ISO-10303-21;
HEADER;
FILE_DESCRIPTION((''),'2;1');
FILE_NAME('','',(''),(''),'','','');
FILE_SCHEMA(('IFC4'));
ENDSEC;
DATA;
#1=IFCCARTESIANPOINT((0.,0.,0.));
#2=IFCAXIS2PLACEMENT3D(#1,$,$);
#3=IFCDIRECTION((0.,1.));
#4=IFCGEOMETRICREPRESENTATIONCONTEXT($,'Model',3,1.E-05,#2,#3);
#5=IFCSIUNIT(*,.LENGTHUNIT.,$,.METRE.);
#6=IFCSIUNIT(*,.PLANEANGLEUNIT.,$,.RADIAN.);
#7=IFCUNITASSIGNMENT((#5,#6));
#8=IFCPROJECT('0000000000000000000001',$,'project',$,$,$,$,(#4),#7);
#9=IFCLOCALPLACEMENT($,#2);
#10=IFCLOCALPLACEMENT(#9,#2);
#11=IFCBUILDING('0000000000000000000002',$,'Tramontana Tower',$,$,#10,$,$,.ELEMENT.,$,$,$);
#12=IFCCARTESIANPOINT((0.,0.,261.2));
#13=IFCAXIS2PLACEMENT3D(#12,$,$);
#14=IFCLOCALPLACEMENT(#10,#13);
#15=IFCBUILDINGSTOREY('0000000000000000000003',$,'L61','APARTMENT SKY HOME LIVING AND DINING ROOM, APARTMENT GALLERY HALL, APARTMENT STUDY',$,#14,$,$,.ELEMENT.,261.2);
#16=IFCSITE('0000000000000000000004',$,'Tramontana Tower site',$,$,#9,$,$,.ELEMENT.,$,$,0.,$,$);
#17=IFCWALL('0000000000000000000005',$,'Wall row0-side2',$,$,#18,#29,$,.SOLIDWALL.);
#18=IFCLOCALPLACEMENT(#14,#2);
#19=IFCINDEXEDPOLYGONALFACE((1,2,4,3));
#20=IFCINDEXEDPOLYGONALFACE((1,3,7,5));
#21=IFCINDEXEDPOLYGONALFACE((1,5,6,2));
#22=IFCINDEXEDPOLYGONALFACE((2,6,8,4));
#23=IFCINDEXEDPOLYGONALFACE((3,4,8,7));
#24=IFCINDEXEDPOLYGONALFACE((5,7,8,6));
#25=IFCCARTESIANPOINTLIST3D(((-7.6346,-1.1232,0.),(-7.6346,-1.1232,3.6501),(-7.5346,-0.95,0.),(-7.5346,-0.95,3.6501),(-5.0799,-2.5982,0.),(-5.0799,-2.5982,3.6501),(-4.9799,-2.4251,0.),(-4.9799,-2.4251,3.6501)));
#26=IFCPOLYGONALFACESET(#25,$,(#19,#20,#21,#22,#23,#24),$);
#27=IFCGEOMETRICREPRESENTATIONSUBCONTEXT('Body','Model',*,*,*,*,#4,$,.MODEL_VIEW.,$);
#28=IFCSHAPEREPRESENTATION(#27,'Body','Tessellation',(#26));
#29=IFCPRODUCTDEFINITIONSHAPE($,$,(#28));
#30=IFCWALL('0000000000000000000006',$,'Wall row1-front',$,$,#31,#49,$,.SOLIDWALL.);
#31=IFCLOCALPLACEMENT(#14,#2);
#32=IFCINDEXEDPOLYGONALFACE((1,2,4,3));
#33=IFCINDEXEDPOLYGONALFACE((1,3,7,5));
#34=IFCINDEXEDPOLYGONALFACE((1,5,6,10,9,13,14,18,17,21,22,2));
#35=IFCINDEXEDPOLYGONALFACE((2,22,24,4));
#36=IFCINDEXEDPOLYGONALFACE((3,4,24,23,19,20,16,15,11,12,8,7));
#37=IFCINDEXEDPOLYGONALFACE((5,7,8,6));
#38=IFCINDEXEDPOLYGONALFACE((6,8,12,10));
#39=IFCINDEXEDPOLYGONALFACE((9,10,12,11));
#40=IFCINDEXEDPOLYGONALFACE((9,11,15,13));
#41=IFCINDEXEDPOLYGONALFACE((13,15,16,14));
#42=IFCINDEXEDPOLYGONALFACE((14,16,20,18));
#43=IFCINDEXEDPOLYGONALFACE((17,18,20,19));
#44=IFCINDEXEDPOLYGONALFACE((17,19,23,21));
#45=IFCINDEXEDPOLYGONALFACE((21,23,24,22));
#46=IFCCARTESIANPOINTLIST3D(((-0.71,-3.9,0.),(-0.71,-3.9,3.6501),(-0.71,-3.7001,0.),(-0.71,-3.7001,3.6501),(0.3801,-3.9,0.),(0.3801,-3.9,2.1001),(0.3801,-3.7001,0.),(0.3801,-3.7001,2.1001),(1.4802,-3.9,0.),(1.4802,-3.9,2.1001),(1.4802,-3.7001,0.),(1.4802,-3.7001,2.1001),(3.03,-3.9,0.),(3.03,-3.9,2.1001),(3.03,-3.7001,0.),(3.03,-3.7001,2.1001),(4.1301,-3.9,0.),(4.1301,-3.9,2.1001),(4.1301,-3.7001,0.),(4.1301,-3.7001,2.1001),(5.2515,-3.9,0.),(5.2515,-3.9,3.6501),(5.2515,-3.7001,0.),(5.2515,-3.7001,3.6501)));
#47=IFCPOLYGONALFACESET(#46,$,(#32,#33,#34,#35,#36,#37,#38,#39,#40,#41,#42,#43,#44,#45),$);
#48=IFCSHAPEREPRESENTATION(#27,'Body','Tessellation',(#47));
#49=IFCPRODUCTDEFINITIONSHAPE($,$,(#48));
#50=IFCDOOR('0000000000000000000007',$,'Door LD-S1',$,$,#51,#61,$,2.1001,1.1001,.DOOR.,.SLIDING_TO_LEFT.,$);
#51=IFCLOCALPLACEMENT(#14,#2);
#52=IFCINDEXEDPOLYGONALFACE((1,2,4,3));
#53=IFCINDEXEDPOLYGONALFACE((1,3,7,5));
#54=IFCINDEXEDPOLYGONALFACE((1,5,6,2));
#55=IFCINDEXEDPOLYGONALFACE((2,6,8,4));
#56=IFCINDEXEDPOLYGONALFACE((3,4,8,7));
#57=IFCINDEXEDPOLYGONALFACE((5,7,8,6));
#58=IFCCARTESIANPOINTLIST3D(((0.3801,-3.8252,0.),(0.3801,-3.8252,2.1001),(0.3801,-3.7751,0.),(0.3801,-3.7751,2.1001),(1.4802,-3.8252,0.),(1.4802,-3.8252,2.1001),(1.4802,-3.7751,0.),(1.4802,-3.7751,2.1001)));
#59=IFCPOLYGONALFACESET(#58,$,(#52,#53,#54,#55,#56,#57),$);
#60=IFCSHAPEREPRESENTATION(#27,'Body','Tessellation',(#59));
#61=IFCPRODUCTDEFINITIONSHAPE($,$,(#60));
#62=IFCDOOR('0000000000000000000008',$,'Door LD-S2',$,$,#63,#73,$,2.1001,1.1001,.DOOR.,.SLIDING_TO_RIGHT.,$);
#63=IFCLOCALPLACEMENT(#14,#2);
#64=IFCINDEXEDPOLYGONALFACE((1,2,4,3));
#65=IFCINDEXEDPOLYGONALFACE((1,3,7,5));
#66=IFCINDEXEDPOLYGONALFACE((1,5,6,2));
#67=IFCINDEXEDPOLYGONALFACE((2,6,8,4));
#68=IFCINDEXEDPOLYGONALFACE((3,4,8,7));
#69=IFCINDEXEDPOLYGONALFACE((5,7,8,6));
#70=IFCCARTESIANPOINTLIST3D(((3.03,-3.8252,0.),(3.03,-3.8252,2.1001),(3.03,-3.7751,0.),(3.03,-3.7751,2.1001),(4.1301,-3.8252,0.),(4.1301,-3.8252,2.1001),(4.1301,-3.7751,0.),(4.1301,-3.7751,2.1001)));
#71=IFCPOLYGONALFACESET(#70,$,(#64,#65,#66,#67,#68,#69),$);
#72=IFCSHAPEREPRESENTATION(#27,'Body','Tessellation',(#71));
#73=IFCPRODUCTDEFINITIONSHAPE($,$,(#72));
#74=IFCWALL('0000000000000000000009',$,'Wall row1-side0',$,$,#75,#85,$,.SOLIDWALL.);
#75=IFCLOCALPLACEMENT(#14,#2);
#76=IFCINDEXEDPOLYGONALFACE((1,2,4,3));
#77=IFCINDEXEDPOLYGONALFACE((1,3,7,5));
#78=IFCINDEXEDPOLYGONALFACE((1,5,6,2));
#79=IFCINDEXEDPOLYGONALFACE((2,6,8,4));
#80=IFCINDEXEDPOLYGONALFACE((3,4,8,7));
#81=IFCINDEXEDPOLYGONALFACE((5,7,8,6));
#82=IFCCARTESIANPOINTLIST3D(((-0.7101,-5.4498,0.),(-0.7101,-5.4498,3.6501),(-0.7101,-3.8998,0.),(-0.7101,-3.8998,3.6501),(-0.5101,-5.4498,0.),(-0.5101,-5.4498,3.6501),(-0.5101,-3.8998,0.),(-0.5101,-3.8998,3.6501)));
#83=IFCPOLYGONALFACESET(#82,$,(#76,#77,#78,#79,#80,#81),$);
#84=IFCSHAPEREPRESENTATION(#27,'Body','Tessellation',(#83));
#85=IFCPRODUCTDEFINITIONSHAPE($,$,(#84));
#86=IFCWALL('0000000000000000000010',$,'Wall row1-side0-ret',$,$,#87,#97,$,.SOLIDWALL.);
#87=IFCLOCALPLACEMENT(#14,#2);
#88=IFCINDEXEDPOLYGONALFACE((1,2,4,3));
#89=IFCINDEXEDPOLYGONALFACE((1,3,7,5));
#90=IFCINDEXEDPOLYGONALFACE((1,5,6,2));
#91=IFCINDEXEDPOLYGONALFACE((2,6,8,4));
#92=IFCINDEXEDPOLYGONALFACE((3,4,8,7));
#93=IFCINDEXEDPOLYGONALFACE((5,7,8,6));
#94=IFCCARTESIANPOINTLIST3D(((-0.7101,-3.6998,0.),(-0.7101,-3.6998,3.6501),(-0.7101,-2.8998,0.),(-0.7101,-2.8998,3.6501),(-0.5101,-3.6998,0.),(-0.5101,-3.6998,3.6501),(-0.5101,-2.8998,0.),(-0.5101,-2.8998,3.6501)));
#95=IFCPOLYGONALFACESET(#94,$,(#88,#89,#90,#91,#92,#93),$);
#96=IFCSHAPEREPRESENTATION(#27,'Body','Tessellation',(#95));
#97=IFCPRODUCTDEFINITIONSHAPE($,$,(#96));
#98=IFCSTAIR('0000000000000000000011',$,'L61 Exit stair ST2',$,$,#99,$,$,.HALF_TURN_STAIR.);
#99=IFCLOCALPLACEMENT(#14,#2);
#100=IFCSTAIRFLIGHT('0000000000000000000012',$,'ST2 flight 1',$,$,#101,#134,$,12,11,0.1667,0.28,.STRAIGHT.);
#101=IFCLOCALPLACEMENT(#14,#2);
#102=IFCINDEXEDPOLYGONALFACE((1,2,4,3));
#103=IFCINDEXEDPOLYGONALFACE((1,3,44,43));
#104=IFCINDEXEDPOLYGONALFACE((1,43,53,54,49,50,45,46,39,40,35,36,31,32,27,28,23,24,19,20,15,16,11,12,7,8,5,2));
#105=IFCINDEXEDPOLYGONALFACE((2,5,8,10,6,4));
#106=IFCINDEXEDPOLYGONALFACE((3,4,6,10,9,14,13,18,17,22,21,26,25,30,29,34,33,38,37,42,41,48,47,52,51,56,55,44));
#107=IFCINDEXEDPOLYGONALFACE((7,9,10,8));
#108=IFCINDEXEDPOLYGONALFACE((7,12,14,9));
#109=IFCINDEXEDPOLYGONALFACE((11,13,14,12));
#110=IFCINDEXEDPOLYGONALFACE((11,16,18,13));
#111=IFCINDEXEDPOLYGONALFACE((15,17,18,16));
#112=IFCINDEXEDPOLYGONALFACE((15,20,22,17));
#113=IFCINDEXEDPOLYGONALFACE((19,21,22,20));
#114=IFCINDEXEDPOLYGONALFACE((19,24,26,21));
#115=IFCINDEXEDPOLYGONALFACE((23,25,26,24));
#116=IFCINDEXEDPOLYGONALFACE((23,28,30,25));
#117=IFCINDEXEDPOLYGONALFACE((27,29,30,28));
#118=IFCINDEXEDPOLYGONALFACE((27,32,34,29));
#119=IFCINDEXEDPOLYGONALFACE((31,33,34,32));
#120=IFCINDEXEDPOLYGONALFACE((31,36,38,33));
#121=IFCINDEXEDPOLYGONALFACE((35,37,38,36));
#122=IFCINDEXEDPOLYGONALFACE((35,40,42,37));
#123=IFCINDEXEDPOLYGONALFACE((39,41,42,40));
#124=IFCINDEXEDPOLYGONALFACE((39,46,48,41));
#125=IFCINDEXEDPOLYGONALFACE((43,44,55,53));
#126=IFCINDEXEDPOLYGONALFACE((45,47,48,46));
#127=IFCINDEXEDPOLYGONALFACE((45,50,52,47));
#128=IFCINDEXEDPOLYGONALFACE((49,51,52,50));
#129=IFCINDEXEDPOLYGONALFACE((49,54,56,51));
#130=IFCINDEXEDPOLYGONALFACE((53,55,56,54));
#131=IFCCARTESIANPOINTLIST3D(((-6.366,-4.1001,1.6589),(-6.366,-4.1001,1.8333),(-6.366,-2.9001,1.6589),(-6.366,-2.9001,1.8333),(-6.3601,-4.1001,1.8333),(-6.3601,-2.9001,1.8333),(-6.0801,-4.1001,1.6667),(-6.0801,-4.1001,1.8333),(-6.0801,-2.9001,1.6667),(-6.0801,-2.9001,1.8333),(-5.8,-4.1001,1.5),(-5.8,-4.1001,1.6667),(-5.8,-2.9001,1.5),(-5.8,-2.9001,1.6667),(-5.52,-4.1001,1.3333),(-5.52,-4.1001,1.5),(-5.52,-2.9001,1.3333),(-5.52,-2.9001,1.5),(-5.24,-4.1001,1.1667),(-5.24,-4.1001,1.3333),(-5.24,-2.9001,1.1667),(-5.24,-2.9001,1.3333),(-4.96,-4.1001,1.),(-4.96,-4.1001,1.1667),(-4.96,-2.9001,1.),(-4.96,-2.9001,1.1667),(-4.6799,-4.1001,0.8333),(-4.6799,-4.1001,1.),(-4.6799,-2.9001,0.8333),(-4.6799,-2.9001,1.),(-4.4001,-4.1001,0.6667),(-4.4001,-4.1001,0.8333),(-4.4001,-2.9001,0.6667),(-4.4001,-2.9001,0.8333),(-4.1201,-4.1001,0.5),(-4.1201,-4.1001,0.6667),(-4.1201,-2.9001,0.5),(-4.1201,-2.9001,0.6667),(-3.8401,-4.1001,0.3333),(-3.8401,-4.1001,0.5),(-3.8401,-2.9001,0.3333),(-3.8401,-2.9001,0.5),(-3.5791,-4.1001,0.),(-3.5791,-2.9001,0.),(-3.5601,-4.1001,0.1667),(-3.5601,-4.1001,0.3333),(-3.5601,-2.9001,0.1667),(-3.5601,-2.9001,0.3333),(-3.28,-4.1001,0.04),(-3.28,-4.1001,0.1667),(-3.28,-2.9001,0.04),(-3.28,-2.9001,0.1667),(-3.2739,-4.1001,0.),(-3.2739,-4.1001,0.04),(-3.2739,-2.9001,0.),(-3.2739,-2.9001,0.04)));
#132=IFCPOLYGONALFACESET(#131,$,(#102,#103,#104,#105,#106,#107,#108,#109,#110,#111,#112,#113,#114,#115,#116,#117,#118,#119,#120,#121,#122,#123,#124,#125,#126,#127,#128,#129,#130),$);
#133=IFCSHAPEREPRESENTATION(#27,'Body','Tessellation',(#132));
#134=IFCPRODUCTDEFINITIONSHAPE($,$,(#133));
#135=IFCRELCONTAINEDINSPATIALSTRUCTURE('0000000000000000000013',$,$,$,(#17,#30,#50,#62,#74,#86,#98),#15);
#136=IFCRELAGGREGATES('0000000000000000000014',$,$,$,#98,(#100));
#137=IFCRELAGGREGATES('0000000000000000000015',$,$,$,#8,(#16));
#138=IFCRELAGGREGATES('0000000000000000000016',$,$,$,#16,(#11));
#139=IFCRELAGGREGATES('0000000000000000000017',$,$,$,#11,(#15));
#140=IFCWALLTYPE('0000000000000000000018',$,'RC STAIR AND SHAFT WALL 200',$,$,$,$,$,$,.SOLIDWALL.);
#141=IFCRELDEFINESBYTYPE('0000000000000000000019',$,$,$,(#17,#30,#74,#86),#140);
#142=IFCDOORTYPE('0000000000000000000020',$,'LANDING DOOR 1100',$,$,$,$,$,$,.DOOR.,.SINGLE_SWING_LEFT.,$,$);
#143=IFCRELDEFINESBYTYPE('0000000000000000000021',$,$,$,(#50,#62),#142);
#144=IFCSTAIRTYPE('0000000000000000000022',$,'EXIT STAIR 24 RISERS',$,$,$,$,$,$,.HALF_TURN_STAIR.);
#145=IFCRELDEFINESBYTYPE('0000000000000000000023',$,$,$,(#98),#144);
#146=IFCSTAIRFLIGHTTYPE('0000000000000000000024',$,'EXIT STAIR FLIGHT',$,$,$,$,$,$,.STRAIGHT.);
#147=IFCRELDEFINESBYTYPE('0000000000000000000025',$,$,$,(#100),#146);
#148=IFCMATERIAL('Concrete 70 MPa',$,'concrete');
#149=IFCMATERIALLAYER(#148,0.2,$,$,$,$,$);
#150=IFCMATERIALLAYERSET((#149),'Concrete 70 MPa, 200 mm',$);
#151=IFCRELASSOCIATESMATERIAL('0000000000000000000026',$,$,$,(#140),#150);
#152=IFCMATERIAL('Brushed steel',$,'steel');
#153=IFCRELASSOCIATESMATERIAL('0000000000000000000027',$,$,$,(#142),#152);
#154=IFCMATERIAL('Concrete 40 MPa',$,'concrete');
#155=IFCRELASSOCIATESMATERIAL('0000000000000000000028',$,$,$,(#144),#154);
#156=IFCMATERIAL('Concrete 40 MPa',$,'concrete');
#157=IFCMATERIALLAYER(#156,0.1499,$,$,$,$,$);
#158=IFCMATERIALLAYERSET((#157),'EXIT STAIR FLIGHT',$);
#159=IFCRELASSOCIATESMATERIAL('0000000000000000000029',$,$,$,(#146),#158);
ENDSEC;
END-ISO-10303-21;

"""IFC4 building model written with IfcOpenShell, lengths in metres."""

from ifc_helpers import new_model, si_unit, direction, frame, frame_2d, origin, place, context, subcontext, project, spatial, polyline, rectangle, outline, extrude, material, layer, layer_set, type_object, element, fill, aggregate, save


model = new_model("IFC4")

# Units and contexts
model_context = context("Model", 3, precision=1e-05, world=origin(), true_north=direction((0.0, 1.0)))
body_context = subcontext(model_context, "Body", "Model", "MODEL_VIEW")
ifc_project = project(units=[si_unit("LENGTHUNIT", "METRE"), si_unit("PLANEANGLEUNIT", "RADIAN")], contexts=[model_context])

# Site, building, storey
site_placement = place(None, origin())
site = spatial("IfcSite", under=ifc_project, at=site_placement, Name="Tramontana Tower site", CompositionType="ELEMENT", RefElevation=0.0)
building_placement = place(site_placement, origin())
building = spatial("IfcBuilding", under=site, at=building_placement, Name="Tramontana Tower", CompositionType="ELEMENT")
storey_placement = place(building_placement, frame((0.0, 0.0, 261.2)))
storey = spatial("IfcBuildingStorey", under=building, at=storey_placement, Name="L61", Description="APARTMENT SKY HOME LIVING AND DINING ROOM, APARTMENT GALLERY HALL, APARTMENT STUDY", CompositionType="ELEMENT", Elevation=261.2)

# Shared definitions
ifc_material_1 = material(Name="Concrete 70 MPa", Category="concrete")
ifc_layer_1 = layer(ifc_material_1, 0.2)
ifc_layer_set_1 = layer_set([ifc_layer_1], Name="Concrete 70 MPa, 200 mm")
wall_type_1 = type_object("IfcWallType", Name="RC STAIR AND SHAFT WALL 200", PredefinedType="SOLIDWALL", material=ifc_layer_set_1)

# Wall
wall_1_placement = place(storey_placement, frame((-5.0298, -2.5117, 0.0), z_axis=(0.0, 0.0, 1.0), x_axis=(-0.866004, 0.500038, 0.0)))
element("IfcWall", 1, at=wall_1_placement, inside=storey, type_object=wall_type_1, Name="Wall row0-side2", PredefinedType="SOLIDWALL", context=body_context, shape_type="SweptSolid", body=[
    extrude(rectangle(XDim=2.95, YDim=0.2, at=frame_2d((1.4751, 0.0))), origin(), (0.0, 0.0, 1.0), 3.6501),
])

# Wall, openings, doors
wall_2_placement = place(storey_placement, frame((-0.71, -3.8, 0.0), z_axis=(0.0, 0.0, 1.0), x_axis=(1.0, 0.0, 0.0)))
wall_2 = element("IfcWall", 2, at=wall_2_placement, inside=storey, type_object=wall_type_1, Name="Wall row1-front", PredefinedType="SOLIDWALL", context=body_context, shape_type="SweptSolid", body=[
    extrude(rectangle(XDim=5.9614, YDim=0.2, at=frame_2d((2.9807, 0.0))), origin(), (0.0, 0.0, 1.0), 3.6501),
])
opening_1_placement = place(wall_2_placement, frame((1.0901, 0.0, 0.0)))
opening_1 = element("IfcOpeningElement", 3, at=opening_1_placement, cuts=wall_2, PredefinedType="OPENING", context=body_context, shape_type="SweptSolid", body=[
    extrude(rectangle(XDim=1.1001, YDim=2.1001, at=frame_2d((0.55, 1.05))), frame((0.0, 0.1099, 0.0), z_axis=(0.0, -1.0, 0.0), x_axis=(1.0, 0.0, 0.0)), (0.0, 0.0, 1.0), 0.22),
])
opening_2_placement = place(wall_2_placement, frame((3.74, 0.0, 0.0)))
opening_2 = element("IfcOpeningElement", 4, at=opening_2_placement, cuts=wall_2, PredefinedType="OPENING", context=body_context, shape_type="SweptSolid", body=[
    extrude(rectangle(XDim=1.1001, YDim=2.1001, at=frame_2d((0.55, 1.05))), frame((0.0, 0.1099, 0.0), z_axis=(0.0, -1.0, 0.0), x_axis=(1.0, 0.0, 0.0)), (0.0, 0.0, 1.0), 0.22),
])
ifc_material_2 = material(Name="Brushed steel", Category="steel")
door_type_1 = type_object("IfcDoorType", Name="LANDING DOOR 1100", OperationType="SINGLE_SWING_LEFT", PredefinedType="DOOR", material=ifc_material_2)
door_1_placement = place(opening_1_placement, origin())
door_1 = element("IfcDoor", 5, at=door_1_placement, inside=storey, type_object=door_type_1, Name="Door LD-S1", OperationType="SLIDING_TO_LEFT", OverallHeight=2.1001, OverallWidth=1.1001, PredefinedType="DOOR", context=body_context, shape_type="SweptSolid", body=[
    extrude(rectangle(XDim=1.1001, YDim=2.1001, at=frame_2d((0.55, 1.05))), frame((0.0, 0.0249, 0.0), z_axis=(0.0, -1.0, 0.0), x_axis=(1.0, 0.0, 0.0)), (0.0, 0.0, 1.0), 0.05),
])
fill(opening_1, door_1)
door_2_placement = place(opening_2_placement, origin())
door_2 = element("IfcDoor", 6, at=door_2_placement, inside=storey, type_object=door_type_1, Name="Door LD-S2", OperationType="SLIDING_TO_RIGHT", OverallHeight=2.1001, OverallWidth=1.1001, PredefinedType="DOOR", context=body_context, shape_type="SweptSolid", body=[
    extrude(rectangle(XDim=1.1001, YDim=2.1001, at=frame_2d((0.55, 1.05))), frame((0.0, 0.0249, 0.0), z_axis=(0.0, -1.0, 0.0), x_axis=(1.0, 0.0, 0.0)), (0.0, 0.0, 1.0), 0.05),
])
fill(opening_2, door_2)

# Walls
wall_3_placement = place(storey_placement, frame((-0.6101, -3.8999, 0.0), z_axis=(0.0, 0.0, 1.0), x_axis=(0.0, -1.0, 0.0)))
element("IfcWall", 7, at=wall_3_placement, inside=storey, type_object=wall_type_1, Name="Wall row1-side0", PredefinedType="SOLIDWALL", context=body_context, shape_type="SweptSolid", body=[
    extrude(rectangle(XDim=1.55, YDim=0.2, at=frame_2d((0.7749, 0.0))), origin(), (0.0, 0.0, 1.0), 3.6501),
])
wall_4_placement = place(storey_placement, frame((-0.6101, -2.8999, 0.0), z_axis=(0.0, 0.0, 1.0), x_axis=(0.0, -1.0, 0.0)))
element("IfcWall", 8, at=wall_4_placement, inside=storey, type_object=wall_type_1, Name="Wall row1-side0-ret", PredefinedType="SOLIDWALL", context=body_context, shape_type="SweptSolid", body=[
    extrude(rectangle(XDim=0.8, YDim=0.2, at=frame_2d((0.3999, 0.0))), origin(), (0.0, 0.0, 1.0), 3.6501),
])

# Stair, stair flight
ifc_material_3 = material(Name="Concrete 40 MPa", Category="concrete")
stair_type = type_object("IfcStairType", Name="EXIT STAIR 24 RISERS", PredefinedType="HALF_TURN_STAIR", material=ifc_material_3)
stair_placement = place(storey_placement, origin())
stair = element("IfcStair", 9, at=stair_placement, inside=storey, type_object=stair_type, Name="L61 Exit stair ST2", PredefinedType="HALF_TURN_STAIR")
ifc_material_4 = material(Name="Concrete 40 MPa", Category="concrete")
ifc_layer_2 = layer(ifc_material_4, 0.1499)
ifc_layer_set_2 = layer_set([ifc_layer_2], Name="EXIT STAIR FLIGHT")
stair_flight_type = type_object("IfcStairFlightType", Name="EXIT STAIR FLIGHT", PredefinedType="STRAIGHT", material=ifc_layer_set_2)
stair_flight_placement = place(storey_placement, frame((-3.28, -3.5, 0.0), z_axis=(0.0, 0.0, 1.0), x_axis=(-1.0, 0.0, 0.0)))
stair_flight = element("IfcStairFlight", 10, at=stair_flight_placement, type_object=stair_flight_type, Name="ST2 flight 1", NumberOfRisers=12, NumberOfTreads=11, PredefinedType="STRAIGHT", RiserHeight=0.1667, TreadLength=0.28, context=body_context, shape_type="SweptSolid", body=[
    extrude(outline(polyline([(-0.0061, 0.0), (-0.0061, 0.04), (0.0, 0.04), (0.0, 0.1667), (0.28, 0.1667), (0.28, 0.3333), (0.5601, 0.3333), (0.5601, 0.5), (0.8401, 0.5), (0.8401, 0.6667), (1.1201, 0.6667), (1.1201, 0.8333), (1.3999, 0.8333), (1.3999, 1.0), (1.6799, 1.0), (1.6799, 1.1667), (1.96, 1.1667), (1.96, 1.3333), (2.24, 1.3333), (2.24, 1.5), (2.52, 1.5), (2.52, 1.6667), (2.8, 1.6667), (2.8, 1.8333), (3.0801, 1.8333), (3.0859, 1.8333), (3.0859, 1.6589), (0.2991, 0.0), (-0.0061, 0.0)])), frame((0.0, 0.6001, 0.0), z_axis=(0.0, -1.0, 0.0), x_axis=(1.0, 0.0, 0.0)), (0.0, 0.0, 1.0), 1.2),
])
aggregate(stair, [stair_flight])

save(model, "model.ifc")
